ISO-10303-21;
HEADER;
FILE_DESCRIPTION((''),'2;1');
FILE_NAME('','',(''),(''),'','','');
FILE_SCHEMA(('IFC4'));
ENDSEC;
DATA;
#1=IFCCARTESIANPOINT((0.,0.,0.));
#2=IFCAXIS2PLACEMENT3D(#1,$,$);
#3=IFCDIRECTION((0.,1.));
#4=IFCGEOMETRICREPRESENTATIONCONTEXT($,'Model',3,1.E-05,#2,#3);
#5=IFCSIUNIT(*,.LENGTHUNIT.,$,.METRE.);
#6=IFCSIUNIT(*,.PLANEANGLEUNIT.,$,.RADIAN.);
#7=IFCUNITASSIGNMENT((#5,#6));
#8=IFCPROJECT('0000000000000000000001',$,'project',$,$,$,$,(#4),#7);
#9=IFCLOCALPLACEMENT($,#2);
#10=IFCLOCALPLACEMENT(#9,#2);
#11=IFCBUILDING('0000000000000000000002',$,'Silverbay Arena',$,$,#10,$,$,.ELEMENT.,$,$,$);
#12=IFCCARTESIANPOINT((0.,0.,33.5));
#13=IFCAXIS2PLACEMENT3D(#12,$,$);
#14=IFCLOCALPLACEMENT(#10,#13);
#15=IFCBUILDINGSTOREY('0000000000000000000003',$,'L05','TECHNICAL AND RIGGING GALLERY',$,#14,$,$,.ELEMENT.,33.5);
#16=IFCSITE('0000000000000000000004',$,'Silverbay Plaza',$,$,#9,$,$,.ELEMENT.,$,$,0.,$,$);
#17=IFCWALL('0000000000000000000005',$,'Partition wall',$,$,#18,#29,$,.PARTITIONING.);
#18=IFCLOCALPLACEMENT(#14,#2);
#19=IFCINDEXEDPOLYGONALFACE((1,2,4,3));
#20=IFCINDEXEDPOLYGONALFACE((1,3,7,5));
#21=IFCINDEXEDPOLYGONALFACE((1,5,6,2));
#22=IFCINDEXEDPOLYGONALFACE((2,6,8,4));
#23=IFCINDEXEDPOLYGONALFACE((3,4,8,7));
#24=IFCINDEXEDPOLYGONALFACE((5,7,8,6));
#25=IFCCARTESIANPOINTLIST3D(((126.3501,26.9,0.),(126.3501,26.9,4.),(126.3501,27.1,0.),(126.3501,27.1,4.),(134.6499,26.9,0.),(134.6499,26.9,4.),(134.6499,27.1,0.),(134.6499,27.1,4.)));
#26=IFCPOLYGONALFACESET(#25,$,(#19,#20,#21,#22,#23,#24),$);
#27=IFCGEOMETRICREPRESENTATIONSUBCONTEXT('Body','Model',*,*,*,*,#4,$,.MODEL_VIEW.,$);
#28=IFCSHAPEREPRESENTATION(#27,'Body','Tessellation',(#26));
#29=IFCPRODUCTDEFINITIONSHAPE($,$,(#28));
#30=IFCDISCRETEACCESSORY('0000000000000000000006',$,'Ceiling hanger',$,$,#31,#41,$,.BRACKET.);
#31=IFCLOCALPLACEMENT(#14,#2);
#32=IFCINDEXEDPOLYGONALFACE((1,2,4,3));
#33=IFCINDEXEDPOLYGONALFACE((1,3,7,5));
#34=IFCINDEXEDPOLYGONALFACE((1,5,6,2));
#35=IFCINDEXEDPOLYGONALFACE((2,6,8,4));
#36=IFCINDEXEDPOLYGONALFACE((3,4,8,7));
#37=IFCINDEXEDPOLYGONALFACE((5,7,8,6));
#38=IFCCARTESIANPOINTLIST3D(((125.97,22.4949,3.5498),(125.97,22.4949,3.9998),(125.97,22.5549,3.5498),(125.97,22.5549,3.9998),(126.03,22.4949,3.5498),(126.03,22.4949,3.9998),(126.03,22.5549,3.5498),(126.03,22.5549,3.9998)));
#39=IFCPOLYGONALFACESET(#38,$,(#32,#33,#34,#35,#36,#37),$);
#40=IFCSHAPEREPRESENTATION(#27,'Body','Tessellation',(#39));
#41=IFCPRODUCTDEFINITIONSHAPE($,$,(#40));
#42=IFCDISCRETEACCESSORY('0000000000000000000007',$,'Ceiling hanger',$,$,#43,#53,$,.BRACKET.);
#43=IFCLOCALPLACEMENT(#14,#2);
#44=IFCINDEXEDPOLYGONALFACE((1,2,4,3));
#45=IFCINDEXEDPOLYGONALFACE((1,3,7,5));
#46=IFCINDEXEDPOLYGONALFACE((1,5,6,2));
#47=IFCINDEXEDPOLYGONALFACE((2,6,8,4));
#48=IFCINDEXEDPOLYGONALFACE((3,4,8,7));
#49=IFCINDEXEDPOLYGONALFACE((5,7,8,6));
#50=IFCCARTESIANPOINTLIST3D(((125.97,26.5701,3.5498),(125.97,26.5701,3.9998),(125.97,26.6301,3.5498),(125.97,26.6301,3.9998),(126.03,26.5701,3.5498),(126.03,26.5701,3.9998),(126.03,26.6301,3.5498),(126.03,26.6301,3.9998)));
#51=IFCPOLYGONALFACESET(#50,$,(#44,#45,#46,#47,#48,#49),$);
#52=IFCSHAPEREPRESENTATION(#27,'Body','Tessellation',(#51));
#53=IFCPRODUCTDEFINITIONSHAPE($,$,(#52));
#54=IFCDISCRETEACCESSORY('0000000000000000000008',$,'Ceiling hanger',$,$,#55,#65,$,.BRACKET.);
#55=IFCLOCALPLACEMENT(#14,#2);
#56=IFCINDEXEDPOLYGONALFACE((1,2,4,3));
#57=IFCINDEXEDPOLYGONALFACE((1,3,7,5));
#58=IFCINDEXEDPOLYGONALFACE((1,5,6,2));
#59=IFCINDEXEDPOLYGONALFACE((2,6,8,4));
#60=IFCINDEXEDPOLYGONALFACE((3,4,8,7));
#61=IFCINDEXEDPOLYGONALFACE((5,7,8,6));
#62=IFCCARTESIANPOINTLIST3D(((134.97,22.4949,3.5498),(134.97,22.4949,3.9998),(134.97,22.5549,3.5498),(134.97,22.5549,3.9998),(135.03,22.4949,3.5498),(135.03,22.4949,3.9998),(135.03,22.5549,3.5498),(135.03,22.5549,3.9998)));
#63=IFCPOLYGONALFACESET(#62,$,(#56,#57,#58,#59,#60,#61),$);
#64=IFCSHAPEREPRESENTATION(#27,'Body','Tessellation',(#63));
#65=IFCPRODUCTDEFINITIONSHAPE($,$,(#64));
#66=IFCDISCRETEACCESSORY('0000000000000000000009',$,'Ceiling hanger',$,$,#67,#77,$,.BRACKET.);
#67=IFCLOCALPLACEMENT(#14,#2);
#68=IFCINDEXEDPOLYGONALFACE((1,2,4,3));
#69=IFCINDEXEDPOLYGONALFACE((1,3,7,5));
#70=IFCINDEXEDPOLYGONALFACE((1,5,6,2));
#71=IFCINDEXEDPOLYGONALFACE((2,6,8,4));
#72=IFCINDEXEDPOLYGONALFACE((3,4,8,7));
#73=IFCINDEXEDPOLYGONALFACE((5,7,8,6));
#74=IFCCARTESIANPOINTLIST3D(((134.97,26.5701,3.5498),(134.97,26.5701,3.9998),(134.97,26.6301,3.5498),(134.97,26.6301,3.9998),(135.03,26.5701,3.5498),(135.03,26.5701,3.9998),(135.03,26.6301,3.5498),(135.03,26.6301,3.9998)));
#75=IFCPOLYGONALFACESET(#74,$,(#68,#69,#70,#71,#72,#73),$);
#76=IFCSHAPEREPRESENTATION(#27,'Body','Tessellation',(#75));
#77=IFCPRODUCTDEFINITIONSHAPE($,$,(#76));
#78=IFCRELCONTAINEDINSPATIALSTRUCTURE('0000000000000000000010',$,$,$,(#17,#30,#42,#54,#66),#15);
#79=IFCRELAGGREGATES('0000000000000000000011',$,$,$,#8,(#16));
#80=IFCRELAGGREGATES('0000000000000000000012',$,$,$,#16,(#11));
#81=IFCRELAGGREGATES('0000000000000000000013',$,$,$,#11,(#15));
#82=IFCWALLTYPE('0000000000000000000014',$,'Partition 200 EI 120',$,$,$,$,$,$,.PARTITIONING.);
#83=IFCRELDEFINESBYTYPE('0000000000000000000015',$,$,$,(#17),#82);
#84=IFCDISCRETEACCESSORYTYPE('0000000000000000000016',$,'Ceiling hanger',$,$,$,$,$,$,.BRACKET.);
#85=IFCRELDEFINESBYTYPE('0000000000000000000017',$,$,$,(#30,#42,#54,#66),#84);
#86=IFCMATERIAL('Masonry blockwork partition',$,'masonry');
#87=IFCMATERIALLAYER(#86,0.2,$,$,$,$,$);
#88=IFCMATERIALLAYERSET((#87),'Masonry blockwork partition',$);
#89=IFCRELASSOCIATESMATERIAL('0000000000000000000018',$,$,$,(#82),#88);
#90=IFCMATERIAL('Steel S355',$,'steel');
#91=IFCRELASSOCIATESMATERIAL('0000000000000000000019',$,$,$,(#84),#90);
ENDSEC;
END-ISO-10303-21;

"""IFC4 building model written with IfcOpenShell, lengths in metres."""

from ifc_helpers import new_model, si_unit, direction, frame, frame_2d, origin, origin_2d, place, context, subcontext, project, spatial, rectangle, extrude, material, layer, layer_set, type_object, element, save


model = new_model("IFC4")

# Units and contexts
model_context = context("Model", 3, precision=1e-05, world=origin(), true_north=direction((0.0, 1.0)))
body_context = subcontext(model_context, "Body", "Model", "MODEL_VIEW")
ifc_project = project(units=[si_unit("LENGTHUNIT", "METRE"), si_unit("PLANEANGLEUNIT", "RADIAN")], contexts=[model_context])

# Site, building, storey
site_placement = place(None, origin())
site = spatial("IfcSite", under=ifc_project, at=site_placement, Name="Silverbay Plaza", CompositionType="ELEMENT", RefElevation=0.0)
building_placement = place(site_placement, origin())
building = spatial("IfcBuilding", under=site, at=building_placement, Name="Silverbay Arena", CompositionType="ELEMENT")
storey_placement = place(building_placement, frame((0.0, 0.0, 33.5)))
storey = spatial("IfcBuildingStorey", under=building, at=storey_placement, Name="L05", Description="TECHNICAL AND RIGGING GALLERY", CompositionType="ELEMENT", Elevation=33.5)

# Shared definitions
ifc_material_1 = material(Name="Masonry blockwork partition", Category="masonry")
ifc_layer_1 = layer(ifc_material_1, 0.2)
ifc_layer_set_1 = layer_set([ifc_layer_1], Name="Masonry blockwork partition")
wall_type_1 = type_object("IfcWallType", Name="Partition 200 EI 120", PredefinedType="PARTITIONING", material=ifc_layer_set_1)

# Wall
wall_1_placement = place(storey_placement, frame((126.3501, 27.0, 0.0), z_axis=(0.0, 0.0, 1.0), x_axis=(1.0, 0.0, 0.0)))
element("IfcWall", 1, at=wall_1_placement, inside=storey, type_object=wall_type_1, Name="Partition wall", PredefinedType="PARTITIONING", context=body_context, shape_type="SweptSolid", body=[
    extrude(rectangle(XDim=8.2998, YDim=0.2, at=frame_2d((4.1499, 0.0))), origin(), (0.0, 0.0, 1.0), 4.0),
])

# Discrete accessories
ifc_material_2 = material(Name="Steel S355", Category="steel")
discrete_accessory_type = type_object("IfcDiscreteAccessoryType", Name="Ceiling hanger", PredefinedType="BRACKET", material=ifc_material_2)
for number, where, z_axis, x_axis, name in (
    (2, (126.0, 22.5249, 3.5498), (0.0, 0.0, 1.0), (1.0, 0.0, 0.0), "Ceiling hanger"),
    (3, (126.0, 26.6001, 3.5498), (0.0, 0.0, 1.0), (1.0, 0.0, 0.0), "Ceiling hanger"),
    (4, (135.0, 22.5249, 3.5498), (0.0, 0.0, 1.0), (1.0, 0.0, 0.0), "Ceiling hanger"),
    (5, (135.0, 26.6001, 3.5498), (0.0, 0.0, 1.0), (1.0, 0.0, 0.0), "Ceiling hanger"),
):
    element("IfcDiscreteAccessory", number, at=place(storey_placement, frame(where, z_axis=z_axis, x_axis=x_axis)), inside=storey, type_object=discrete_accessory_type, Name=name, PredefinedType="BRACKET", context=body_context, shape_type="SweptSolid", body=[
        extrude(rectangle(XDim=0.0601, YDim=0.0601, at=origin_2d()), origin(), (0.0, 0.0, 1.0), 0.45),
    ])

save(model, "model.ifc")
